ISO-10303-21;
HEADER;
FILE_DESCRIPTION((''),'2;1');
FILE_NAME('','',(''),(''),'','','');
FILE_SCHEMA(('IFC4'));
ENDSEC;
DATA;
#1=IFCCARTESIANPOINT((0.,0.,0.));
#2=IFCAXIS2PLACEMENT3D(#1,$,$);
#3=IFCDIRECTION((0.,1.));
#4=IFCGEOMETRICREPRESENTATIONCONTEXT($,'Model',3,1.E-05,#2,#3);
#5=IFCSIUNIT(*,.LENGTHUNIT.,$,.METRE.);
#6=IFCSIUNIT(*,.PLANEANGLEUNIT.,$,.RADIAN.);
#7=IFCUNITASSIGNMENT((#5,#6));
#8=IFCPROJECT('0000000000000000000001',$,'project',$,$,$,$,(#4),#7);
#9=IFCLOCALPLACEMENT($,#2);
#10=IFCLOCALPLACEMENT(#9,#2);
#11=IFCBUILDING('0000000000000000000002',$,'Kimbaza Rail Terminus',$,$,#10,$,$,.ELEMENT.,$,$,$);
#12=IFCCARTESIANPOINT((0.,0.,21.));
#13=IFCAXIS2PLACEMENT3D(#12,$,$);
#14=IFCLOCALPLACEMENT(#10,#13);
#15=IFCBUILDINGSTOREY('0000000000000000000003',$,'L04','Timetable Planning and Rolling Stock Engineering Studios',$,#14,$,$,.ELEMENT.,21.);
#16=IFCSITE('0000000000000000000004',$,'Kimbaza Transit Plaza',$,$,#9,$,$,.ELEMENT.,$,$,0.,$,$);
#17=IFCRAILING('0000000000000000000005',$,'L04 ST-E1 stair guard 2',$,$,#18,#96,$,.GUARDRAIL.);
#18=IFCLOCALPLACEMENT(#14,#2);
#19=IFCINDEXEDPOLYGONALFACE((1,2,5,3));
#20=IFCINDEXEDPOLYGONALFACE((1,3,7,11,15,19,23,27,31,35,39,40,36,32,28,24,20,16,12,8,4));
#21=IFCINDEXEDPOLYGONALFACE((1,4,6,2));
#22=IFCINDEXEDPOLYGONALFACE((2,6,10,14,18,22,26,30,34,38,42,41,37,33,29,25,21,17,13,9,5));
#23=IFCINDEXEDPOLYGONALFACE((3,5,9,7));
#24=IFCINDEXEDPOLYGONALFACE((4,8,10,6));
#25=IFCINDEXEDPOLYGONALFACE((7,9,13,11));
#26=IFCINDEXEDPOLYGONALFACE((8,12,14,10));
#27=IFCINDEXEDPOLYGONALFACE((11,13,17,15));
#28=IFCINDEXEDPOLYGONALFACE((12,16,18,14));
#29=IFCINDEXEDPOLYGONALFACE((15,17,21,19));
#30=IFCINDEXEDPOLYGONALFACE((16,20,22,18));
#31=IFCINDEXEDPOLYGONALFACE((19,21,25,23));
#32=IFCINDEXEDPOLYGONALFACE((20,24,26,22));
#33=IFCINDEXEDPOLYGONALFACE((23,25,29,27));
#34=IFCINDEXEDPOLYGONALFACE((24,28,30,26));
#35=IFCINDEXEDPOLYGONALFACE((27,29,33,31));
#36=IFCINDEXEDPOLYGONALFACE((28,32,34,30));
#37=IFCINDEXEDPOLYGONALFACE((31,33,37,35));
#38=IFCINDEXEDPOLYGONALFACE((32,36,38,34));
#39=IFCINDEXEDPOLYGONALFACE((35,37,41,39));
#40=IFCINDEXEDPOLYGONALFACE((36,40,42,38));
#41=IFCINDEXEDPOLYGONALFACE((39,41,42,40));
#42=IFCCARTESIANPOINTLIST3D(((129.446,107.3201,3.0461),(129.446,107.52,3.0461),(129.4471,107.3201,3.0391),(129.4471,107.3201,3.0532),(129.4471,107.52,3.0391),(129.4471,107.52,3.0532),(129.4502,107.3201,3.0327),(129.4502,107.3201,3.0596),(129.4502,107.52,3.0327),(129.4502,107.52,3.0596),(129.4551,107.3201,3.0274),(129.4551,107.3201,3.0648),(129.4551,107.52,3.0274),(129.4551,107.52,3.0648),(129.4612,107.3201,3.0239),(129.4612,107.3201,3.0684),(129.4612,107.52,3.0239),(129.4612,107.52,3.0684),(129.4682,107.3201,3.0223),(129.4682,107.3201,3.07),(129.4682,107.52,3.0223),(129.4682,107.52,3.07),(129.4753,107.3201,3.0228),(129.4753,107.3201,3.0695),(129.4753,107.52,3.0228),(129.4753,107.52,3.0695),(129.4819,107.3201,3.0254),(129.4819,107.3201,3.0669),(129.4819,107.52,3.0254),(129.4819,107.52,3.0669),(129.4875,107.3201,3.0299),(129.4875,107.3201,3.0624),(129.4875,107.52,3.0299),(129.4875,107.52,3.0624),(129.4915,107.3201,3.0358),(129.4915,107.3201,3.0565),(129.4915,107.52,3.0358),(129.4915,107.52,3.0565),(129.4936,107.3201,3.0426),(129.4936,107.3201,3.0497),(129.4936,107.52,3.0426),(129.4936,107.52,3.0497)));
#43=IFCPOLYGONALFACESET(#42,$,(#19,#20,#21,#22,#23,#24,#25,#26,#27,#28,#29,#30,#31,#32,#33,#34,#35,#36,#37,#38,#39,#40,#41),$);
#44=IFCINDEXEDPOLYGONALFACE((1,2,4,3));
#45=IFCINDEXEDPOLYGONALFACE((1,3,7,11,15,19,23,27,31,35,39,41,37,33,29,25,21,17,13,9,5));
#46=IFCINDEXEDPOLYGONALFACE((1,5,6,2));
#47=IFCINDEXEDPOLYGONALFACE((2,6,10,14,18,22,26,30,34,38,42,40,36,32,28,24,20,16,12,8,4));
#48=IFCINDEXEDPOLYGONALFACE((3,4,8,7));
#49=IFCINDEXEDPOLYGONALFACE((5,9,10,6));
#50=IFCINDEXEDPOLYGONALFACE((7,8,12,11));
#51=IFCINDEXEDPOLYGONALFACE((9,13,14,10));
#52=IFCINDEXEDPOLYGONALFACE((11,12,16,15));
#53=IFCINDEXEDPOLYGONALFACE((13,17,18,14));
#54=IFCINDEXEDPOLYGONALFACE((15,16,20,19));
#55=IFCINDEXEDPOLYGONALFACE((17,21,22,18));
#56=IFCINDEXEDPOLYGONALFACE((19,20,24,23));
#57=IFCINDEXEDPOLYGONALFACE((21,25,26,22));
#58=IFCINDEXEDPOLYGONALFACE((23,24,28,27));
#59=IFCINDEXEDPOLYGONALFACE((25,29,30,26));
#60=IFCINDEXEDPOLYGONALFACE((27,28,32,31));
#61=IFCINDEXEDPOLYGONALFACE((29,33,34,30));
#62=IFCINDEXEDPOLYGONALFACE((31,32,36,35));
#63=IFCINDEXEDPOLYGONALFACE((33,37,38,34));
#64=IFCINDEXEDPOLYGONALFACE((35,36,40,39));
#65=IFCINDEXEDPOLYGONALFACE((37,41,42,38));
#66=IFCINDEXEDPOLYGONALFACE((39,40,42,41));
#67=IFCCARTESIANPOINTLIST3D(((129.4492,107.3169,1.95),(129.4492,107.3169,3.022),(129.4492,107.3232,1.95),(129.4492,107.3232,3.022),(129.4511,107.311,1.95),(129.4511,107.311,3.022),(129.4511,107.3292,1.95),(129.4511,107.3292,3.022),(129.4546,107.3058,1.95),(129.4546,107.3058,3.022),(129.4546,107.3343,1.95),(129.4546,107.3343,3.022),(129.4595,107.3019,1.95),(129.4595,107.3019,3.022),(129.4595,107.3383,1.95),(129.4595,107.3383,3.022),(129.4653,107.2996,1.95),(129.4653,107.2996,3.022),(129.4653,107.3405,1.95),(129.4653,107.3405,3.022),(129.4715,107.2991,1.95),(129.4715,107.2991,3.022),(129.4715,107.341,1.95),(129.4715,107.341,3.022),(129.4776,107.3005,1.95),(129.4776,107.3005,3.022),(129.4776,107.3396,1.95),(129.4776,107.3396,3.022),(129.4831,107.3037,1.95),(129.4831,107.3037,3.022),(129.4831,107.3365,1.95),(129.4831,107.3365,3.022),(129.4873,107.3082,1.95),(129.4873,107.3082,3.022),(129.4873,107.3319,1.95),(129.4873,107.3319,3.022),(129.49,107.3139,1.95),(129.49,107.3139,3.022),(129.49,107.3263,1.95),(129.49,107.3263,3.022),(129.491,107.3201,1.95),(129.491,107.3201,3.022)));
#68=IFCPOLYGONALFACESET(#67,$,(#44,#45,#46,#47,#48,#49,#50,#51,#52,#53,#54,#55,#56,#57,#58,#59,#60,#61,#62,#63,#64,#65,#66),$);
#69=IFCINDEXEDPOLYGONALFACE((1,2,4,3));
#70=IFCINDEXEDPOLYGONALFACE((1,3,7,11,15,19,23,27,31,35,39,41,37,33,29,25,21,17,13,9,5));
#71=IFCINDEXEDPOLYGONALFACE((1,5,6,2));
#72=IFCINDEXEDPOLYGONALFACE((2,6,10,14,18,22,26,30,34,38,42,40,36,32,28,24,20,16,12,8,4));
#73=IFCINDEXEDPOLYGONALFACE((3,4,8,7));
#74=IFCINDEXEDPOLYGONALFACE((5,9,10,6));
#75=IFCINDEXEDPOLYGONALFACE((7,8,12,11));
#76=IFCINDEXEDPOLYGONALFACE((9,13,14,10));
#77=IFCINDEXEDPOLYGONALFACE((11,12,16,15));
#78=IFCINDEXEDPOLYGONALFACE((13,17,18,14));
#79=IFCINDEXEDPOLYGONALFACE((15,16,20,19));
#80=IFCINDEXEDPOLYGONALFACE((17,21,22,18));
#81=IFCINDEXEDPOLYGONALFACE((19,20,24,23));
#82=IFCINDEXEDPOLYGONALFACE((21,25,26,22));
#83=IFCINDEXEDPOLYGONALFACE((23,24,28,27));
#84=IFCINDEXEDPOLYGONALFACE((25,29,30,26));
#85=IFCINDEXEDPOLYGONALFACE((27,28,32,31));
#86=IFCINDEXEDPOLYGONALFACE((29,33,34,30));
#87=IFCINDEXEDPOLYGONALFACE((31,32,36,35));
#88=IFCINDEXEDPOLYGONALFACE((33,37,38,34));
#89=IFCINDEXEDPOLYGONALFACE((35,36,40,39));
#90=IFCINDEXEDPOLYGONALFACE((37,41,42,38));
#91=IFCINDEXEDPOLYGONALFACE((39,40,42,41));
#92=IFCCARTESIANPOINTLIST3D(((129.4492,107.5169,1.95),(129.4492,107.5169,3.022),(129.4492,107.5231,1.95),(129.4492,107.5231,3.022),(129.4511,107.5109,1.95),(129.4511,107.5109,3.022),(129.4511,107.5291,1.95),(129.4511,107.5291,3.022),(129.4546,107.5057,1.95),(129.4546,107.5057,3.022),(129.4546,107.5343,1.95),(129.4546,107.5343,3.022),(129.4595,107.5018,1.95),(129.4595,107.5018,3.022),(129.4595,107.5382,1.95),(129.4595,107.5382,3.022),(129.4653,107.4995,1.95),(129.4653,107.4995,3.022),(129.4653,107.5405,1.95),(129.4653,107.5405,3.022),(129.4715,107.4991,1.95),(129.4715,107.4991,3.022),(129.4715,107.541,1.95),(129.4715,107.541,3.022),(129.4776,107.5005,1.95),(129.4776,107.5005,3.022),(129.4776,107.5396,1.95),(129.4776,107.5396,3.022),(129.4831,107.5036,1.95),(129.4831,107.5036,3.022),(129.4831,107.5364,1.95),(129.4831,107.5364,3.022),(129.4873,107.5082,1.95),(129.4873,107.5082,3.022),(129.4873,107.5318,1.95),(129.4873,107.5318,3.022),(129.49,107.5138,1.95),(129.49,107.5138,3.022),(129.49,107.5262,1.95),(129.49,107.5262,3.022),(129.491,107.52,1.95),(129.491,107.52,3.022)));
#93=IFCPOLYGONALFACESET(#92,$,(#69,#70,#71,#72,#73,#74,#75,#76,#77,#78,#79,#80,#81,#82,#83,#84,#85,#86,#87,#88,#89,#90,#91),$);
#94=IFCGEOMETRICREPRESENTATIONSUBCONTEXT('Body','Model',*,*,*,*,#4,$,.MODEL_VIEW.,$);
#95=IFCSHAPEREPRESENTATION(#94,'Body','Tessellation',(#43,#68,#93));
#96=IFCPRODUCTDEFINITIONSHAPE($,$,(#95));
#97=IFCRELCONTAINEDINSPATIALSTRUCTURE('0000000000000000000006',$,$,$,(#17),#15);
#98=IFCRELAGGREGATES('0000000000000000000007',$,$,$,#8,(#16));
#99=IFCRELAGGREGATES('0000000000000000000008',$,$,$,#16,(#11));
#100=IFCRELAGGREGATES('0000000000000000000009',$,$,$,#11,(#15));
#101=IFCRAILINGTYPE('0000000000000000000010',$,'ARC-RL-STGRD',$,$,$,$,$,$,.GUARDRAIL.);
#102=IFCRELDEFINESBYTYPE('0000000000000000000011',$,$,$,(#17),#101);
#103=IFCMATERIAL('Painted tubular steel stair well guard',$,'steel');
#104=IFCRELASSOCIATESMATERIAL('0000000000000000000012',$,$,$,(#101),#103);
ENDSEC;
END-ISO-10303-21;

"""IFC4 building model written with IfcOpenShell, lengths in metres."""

from ifc_helpers import new_model, si_unit, direction, frame, origin, origin_2d, place, context, subcontext, project, spatial, circle, extrude, material, type_object, element, save


model = new_model("IFC4")

# Units and contexts
model_context = context("Model", 3, precision=1e-05, world=origin(), true_north=direction((0.0, 1.0)))
body_context = subcontext(model_context, "Body", "Model", "MODEL_VIEW")
ifc_project = project(units=[si_unit("LENGTHUNIT", "METRE"), si_unit("PLANEANGLEUNIT", "RADIAN")], contexts=[model_context])

# Site, building, storey
site_placement = place(None, origin())
site = spatial("IfcSite", under=ifc_project, at=site_placement, Name="Kimbaza Transit Plaza", CompositionType="ELEMENT", RefElevation=0.0)
building_placement = place(site_placement, origin())
building = spatial("IfcBuilding", under=site, at=building_placement, Name="Kimbaza Rail Terminus", CompositionType="ELEMENT")
storey_placement = place(building_placement, frame((0.0, 0.0, 21.0)))
storey = spatial("IfcBuildingStorey", under=building, at=storey_placement, Name="L04", Description="Timetable Planning and Rolling Stock Engineering Studios", CompositionType="ELEMENT", Elevation=21.0)

# Railing
ifc_material_1 = material(Name="Painted tubular steel stair well guard", Category="steel")
railing_type_1 = type_object("IfcRailingType", Name="ARC-RL-STGRD", PredefinedType="GUARDRAIL", material=ifc_material_1)
railing_1_placement = place(storey_placement, frame((129.47, 107.3201, 1.95)))
element("IfcRailing", 1, at=railing_1_placement, inside=storey, type_object=railing_type_1, Name="L04 ST-E1 stair guard 2", PredefinedType="GUARDRAIL", context=body_context, shape_type="SweptSolid", body=[
    extrude(circle(Radius=0.0239, at=origin_2d()), frame((0.0, 0.0, 1.0962), z_axis=(0.0, 1.0, 0.0), x_axis=(-1.0, 0.0, 0.0)), (0.0, 0.0, 1.0), 0.2),
    extrude(circle(Radius=0.021, at=origin_2d()), origin(), (0.0, 0.0, 1.0), 1.072),
    extrude(circle(Radius=0.021, at=origin_2d()), frame((0.0, 0.2, 0.0)), (0.0, 0.0, 1.0), 1.072),
])

save(model, "model.ifc")
